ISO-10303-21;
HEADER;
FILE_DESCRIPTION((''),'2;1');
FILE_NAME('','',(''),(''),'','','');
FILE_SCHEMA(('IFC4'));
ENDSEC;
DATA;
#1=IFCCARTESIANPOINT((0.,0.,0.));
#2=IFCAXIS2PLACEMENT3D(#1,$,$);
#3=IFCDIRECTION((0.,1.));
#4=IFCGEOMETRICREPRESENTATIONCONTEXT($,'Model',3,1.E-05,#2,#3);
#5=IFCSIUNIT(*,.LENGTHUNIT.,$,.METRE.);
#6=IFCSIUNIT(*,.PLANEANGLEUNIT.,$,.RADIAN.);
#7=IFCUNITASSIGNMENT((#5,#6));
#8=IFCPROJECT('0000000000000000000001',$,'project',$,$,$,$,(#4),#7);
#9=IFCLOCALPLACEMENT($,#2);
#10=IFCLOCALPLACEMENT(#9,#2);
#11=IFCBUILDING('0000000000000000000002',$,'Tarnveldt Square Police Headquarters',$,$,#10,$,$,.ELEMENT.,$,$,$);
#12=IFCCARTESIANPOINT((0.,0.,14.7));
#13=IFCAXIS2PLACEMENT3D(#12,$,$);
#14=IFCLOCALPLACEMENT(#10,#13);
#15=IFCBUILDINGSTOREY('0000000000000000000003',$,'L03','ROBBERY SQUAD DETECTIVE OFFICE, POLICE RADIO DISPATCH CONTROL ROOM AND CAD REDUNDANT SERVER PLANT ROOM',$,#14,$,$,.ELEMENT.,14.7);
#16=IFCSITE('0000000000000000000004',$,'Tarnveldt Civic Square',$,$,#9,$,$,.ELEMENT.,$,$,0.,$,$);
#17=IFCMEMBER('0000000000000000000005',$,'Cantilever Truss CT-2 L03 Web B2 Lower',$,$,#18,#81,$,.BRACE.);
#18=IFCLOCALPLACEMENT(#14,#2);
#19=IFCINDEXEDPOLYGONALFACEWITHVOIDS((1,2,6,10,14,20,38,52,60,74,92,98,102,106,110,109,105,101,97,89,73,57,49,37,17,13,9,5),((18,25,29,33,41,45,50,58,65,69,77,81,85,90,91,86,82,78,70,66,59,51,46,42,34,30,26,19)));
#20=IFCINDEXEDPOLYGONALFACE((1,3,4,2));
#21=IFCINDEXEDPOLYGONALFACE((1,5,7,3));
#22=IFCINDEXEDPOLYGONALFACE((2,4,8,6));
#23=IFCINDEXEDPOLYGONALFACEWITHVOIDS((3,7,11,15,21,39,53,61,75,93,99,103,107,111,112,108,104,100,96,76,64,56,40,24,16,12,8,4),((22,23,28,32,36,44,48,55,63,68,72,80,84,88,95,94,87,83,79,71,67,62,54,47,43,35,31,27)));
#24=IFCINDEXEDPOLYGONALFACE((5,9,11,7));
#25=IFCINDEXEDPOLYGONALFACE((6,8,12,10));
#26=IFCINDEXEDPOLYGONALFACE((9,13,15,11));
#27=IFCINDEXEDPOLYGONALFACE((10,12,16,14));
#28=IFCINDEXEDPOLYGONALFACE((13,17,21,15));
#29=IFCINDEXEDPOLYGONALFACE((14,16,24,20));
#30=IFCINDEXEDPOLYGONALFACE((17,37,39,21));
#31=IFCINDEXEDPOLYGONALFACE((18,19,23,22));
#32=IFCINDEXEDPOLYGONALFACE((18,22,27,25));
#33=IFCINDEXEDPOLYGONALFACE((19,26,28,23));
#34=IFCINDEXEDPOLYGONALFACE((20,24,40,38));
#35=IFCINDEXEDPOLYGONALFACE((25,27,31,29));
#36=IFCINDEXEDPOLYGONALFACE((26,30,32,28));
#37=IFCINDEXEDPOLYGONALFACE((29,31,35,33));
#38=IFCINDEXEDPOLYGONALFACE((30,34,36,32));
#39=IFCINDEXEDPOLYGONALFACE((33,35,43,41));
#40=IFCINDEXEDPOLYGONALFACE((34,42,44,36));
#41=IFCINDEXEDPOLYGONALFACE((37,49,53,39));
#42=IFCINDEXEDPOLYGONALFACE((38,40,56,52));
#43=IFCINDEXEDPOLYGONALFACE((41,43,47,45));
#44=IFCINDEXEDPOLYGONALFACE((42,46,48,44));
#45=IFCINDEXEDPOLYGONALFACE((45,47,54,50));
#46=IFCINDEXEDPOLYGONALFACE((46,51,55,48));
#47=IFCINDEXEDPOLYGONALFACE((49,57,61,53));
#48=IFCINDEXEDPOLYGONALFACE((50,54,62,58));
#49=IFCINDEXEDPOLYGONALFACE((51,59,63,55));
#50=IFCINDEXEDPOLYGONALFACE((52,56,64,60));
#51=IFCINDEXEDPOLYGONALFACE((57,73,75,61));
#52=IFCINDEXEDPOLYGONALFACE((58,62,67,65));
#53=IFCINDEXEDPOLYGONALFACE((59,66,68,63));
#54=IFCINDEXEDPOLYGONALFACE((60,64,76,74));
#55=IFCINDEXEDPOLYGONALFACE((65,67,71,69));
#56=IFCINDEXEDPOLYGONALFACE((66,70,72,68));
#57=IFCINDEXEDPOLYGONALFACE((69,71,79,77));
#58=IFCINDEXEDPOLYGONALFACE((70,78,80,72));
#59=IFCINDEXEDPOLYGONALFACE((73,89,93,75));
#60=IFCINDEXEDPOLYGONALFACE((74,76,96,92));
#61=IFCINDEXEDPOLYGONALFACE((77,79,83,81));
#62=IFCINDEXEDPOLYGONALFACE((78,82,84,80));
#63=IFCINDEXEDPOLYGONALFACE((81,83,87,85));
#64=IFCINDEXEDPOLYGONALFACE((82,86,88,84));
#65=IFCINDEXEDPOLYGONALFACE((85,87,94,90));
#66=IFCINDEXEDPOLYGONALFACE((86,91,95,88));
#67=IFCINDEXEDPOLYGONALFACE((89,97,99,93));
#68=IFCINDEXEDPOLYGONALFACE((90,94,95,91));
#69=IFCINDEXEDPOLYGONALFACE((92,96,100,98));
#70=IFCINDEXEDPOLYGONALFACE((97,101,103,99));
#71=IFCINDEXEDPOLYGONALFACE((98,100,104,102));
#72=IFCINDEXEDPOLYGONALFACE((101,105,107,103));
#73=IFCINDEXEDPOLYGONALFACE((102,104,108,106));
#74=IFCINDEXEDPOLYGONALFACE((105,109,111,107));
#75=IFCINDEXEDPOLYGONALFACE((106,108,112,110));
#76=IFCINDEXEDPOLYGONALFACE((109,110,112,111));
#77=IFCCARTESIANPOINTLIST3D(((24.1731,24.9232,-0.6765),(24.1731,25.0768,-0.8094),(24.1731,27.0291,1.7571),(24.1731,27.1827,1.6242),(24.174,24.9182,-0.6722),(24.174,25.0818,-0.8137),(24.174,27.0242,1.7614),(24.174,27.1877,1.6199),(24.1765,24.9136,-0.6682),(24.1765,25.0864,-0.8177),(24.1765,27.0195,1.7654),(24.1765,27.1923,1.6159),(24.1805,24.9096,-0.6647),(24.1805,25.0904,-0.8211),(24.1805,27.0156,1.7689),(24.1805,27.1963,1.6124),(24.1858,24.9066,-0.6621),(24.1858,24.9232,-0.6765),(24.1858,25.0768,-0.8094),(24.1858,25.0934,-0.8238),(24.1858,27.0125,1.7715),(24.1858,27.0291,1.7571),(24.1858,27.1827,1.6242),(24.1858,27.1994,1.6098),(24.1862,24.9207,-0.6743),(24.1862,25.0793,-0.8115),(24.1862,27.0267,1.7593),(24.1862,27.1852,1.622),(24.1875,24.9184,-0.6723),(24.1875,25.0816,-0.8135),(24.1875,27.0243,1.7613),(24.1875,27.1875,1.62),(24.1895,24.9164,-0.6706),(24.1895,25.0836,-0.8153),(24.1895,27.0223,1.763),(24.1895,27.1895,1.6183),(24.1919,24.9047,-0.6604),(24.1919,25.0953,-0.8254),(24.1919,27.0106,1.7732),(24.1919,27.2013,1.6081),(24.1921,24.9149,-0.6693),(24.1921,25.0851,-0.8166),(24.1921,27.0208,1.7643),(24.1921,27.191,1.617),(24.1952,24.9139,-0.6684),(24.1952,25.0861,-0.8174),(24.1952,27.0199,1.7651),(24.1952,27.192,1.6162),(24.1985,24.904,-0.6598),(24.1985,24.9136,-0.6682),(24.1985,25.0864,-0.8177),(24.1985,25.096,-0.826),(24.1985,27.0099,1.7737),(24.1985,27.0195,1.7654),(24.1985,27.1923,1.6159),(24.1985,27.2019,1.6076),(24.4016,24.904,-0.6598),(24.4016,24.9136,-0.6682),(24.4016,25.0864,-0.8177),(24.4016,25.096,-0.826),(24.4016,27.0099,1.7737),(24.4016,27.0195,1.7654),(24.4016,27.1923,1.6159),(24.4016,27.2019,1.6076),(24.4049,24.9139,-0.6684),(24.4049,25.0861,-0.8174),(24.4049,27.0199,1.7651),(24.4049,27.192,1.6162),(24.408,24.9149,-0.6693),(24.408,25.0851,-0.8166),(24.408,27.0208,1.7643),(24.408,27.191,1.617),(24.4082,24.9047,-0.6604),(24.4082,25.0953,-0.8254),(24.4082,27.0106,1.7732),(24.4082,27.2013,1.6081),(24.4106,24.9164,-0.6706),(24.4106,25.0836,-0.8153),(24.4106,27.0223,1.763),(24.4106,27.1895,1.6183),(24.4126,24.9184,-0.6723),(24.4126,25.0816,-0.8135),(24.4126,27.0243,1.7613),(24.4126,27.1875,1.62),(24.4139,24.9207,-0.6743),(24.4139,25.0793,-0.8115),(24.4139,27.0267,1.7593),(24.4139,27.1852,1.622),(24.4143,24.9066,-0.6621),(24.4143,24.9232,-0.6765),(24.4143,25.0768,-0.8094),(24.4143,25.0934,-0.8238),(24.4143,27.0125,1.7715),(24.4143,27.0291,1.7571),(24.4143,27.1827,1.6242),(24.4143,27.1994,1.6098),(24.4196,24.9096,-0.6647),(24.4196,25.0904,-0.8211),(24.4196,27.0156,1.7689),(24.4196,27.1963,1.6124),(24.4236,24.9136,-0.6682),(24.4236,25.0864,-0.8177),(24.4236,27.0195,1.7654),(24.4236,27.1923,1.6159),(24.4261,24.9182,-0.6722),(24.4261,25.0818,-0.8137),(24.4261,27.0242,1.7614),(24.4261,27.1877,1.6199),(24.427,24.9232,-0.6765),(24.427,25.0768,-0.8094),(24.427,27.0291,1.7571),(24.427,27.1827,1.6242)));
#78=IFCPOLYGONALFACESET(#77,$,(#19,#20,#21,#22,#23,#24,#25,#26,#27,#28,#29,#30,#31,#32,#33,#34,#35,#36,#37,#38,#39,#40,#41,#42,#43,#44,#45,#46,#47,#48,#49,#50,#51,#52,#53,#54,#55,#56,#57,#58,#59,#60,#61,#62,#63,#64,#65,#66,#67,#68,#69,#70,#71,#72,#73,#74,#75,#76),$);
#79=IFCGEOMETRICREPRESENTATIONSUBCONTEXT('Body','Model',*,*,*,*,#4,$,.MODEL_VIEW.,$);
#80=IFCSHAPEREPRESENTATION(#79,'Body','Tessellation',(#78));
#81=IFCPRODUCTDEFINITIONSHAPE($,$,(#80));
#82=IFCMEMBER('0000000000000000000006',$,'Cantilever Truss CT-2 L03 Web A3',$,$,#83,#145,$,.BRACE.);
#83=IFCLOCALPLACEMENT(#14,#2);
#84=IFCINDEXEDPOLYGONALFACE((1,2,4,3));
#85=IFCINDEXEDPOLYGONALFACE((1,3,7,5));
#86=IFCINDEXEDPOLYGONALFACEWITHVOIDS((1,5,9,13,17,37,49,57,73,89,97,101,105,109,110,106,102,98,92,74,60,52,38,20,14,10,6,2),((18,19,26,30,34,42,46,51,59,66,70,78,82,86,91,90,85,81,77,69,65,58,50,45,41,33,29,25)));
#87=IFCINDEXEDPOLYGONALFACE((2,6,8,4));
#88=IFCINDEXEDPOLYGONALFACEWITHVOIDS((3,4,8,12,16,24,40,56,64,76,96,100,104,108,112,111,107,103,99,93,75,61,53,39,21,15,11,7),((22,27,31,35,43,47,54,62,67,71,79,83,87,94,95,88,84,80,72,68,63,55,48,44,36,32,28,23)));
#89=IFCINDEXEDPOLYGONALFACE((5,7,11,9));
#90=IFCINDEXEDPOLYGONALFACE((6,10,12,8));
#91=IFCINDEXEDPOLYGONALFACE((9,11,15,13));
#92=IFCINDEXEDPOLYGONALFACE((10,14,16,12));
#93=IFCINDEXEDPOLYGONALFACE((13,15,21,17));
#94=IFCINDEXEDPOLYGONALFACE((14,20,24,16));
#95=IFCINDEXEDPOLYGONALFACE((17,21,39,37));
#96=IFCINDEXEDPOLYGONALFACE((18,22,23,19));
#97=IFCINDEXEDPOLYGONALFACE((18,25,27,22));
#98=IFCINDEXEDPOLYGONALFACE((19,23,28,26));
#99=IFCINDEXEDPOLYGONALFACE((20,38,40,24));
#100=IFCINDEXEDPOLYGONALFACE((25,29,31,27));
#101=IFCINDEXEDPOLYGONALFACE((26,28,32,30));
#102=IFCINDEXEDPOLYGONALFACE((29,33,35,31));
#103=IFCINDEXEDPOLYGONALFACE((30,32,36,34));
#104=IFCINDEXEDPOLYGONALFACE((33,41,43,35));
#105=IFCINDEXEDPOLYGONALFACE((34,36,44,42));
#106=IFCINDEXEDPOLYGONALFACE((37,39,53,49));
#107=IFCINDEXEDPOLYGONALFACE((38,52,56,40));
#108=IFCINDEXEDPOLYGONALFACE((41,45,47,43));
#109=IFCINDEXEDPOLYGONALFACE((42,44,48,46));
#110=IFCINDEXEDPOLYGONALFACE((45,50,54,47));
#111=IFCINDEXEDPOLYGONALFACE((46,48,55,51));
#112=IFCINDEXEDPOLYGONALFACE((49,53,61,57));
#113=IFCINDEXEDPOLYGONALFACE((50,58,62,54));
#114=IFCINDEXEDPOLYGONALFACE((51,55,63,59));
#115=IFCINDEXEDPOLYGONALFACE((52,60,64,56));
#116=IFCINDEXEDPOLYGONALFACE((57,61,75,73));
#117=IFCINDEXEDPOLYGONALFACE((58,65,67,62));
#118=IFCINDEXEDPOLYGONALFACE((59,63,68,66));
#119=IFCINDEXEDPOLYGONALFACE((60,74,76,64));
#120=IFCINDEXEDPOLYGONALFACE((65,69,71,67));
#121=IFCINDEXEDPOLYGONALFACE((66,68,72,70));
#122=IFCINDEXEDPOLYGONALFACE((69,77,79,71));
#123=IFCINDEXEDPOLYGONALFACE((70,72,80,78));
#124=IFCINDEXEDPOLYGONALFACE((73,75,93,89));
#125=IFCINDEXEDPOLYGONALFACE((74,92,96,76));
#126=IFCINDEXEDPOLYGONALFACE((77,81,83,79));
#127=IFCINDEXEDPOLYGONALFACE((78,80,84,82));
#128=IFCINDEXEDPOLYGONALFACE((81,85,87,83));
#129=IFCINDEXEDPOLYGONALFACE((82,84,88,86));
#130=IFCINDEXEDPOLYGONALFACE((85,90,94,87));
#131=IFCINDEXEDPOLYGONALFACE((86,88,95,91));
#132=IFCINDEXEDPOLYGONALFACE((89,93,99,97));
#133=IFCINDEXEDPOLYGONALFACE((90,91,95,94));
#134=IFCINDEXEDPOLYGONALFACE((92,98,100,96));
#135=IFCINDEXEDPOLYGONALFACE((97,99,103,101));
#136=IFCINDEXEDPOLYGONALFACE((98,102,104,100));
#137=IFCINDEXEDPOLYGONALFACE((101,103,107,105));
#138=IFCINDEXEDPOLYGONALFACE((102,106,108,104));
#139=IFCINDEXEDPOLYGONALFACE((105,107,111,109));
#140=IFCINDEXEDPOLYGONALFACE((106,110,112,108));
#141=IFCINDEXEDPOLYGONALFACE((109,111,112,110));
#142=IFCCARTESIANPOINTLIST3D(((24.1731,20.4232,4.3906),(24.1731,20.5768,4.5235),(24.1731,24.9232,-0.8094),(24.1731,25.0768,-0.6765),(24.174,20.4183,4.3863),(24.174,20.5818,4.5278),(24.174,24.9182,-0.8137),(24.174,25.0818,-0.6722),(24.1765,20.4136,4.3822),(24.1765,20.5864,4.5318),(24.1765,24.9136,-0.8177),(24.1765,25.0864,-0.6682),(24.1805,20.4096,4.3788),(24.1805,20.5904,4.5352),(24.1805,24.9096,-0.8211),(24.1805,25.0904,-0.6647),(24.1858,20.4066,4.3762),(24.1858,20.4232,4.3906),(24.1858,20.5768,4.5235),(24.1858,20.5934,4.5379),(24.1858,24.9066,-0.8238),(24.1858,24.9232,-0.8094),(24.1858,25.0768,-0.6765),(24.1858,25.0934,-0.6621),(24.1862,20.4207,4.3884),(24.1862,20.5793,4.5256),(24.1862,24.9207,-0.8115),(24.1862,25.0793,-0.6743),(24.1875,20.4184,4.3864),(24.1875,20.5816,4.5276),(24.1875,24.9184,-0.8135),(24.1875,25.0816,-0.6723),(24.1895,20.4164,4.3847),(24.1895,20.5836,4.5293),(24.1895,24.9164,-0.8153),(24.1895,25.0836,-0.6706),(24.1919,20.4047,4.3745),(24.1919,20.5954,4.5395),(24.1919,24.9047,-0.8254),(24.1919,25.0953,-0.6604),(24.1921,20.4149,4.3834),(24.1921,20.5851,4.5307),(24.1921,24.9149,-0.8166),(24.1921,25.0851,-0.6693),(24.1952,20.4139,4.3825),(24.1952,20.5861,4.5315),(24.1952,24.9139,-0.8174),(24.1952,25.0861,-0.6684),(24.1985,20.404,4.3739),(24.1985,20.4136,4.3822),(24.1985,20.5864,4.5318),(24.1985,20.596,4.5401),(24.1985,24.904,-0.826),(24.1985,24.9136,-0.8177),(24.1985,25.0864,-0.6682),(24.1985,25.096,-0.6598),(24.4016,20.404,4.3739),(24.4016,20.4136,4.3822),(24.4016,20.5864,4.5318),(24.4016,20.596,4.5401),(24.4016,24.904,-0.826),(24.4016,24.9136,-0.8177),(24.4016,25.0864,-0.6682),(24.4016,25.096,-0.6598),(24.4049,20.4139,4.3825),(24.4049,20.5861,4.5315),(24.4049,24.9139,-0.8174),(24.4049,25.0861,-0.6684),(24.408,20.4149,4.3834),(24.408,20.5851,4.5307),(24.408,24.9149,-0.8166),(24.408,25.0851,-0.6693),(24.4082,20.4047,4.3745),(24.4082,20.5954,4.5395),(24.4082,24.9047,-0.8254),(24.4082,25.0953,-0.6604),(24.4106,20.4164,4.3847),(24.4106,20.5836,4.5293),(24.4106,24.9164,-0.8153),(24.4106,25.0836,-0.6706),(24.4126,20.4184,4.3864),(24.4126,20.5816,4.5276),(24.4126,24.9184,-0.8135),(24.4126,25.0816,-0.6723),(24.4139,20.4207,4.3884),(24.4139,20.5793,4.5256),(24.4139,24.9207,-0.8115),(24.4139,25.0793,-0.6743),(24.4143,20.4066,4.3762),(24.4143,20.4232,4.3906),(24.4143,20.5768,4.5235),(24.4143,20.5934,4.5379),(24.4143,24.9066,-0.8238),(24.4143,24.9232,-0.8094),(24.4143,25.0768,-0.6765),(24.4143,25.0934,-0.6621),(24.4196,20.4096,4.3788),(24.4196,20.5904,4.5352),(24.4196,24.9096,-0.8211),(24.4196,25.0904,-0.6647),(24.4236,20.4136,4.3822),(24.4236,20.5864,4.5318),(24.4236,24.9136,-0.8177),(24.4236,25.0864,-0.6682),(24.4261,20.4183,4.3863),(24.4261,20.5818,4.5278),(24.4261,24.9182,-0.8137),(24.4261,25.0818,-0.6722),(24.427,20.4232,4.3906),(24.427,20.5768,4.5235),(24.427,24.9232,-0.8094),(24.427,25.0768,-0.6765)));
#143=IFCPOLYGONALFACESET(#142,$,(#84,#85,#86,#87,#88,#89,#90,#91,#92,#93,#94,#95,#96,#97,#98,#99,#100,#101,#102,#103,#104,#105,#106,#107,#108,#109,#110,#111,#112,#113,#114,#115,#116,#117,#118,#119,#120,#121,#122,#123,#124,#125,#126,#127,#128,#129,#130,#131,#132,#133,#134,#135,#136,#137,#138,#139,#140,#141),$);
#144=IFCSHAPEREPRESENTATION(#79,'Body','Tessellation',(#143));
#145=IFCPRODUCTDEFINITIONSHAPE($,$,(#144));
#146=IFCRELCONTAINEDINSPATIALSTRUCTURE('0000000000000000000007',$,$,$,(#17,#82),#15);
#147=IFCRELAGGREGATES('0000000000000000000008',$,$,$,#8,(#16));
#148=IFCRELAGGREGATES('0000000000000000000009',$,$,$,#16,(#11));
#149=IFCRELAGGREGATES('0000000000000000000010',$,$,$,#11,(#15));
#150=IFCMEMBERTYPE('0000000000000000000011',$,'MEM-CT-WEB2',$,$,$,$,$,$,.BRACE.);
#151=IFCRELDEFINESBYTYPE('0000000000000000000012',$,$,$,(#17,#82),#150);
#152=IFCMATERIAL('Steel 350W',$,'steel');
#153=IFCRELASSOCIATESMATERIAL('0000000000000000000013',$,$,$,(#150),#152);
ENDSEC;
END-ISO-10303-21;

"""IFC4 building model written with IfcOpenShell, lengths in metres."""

from ifc_helpers import new_model, si_unit, direction, frame, origin, origin_2d, place, context, subcontext, project, spatial, hollow_rectangle, extrude, material, material_profile, profile_set, type_object, element, save


model = new_model("IFC4")

# Units and contexts
model_context = context("Model", 3, precision=1e-05, world=origin(), true_north=direction((0.0, 1.0)))
body_context = subcontext(model_context, "Body", "Model", "MODEL_VIEW")
ifc_project = project(units=[si_unit("LENGTHUNIT", "METRE"), si_unit("PLANEANGLEUNIT", "RADIAN")], contexts=[model_context])

# Site, building, storey
site_placement = place(None, origin())
site = spatial("IfcSite", under=ifc_project, at=site_placement, Name="Tarnveldt Civic Square", CompositionType="ELEMENT", RefElevation=0.0)
building_placement = place(site_placement, origin())
building = spatial("IfcBuilding", under=site, at=building_placement, Name="Tarnveldt Square Police Headquarters", CompositionType="ELEMENT")
storey_placement = place(building_placement, frame((0.0, 0.0, 14.7)))
storey = spatial("IfcBuildingStorey", under=building, at=storey_placement, Name="L03", Description="ROBBERY SQUAD DETECTIVE OFFICE, POLICE RADIO DISPATCH CONTROL ROOM AND CAD REDUNDANT SERVER PLANT ROOM", CompositionType="ELEMENT", Elevation=14.7)

# Shared definitions
ifc_material_1 = material(Name="Steel 350W", Category="steel")

# Members
ifc_material_profile_1 = material_profile(ifc_material_1, hollow_rectangle(XDim=0.2539, YDim=0.2539, WallThickness=0.0127, InnerFilletRadius=0.0127, OuterFilletRadius=0.0254, at=origin_2d()), Name="HSS254x254x13")
ifc_profile_set_1 = profile_set([ifc_material_profile_1], Name="Steel 350W")
member_type_1 = type_object("IfcMemberType", Name="MEM-CT-WEB2", PredefinedType="BRACE", material=ifc_profile_set_1)
member_1_placement = place(storey_placement, frame((24.3, 25.0, -0.7429), z_axis=(0.0, 0.65437, 0.756174), x_axis=(-1.0, 0.0, 0.0)))
element("IfcMember", 1, at=member_1_placement, inside=storey, type_object=member_type_1, Name="Cantilever Truss CT-2 L03 Web B2 Lower", PredefinedType="BRACE", context=body_context, shape_type="SweptSolid", body=[
    extrude(hollow_rectangle(XDim=0.2539, YDim=0.2539, WallThickness=0.0127, InnerFilletRadius=0.0127, OuterFilletRadius=0.0254, at=origin_2d()), origin(), (0.0, 0.0, 1.0), 3.2183),
])
member_2_placement = place(storey_placement, frame((24.3, 25.0, -0.7429), z_axis=(0.0, -0.65438, 0.756166), x_axis=(1.0, 0.0, 0.0)))
element("IfcMember", 2, at=member_2_placement, inside=storey, type_object=member_type_1, Name="Cantilever Truss CT-2 L03 Web A3", PredefinedType="BRACE", context=body_context, shape_type="SweptSolid", body=[
    extrude(hollow_rectangle(XDim=0.2539, YDim=0.2539, WallThickness=0.0127, InnerFilletRadius=0.0127, OuterFilletRadius=0.0254, at=origin_2d()), origin(), (0.0, 0.0, 1.0), 6.8767),
])

save(model, "model.ifc")
